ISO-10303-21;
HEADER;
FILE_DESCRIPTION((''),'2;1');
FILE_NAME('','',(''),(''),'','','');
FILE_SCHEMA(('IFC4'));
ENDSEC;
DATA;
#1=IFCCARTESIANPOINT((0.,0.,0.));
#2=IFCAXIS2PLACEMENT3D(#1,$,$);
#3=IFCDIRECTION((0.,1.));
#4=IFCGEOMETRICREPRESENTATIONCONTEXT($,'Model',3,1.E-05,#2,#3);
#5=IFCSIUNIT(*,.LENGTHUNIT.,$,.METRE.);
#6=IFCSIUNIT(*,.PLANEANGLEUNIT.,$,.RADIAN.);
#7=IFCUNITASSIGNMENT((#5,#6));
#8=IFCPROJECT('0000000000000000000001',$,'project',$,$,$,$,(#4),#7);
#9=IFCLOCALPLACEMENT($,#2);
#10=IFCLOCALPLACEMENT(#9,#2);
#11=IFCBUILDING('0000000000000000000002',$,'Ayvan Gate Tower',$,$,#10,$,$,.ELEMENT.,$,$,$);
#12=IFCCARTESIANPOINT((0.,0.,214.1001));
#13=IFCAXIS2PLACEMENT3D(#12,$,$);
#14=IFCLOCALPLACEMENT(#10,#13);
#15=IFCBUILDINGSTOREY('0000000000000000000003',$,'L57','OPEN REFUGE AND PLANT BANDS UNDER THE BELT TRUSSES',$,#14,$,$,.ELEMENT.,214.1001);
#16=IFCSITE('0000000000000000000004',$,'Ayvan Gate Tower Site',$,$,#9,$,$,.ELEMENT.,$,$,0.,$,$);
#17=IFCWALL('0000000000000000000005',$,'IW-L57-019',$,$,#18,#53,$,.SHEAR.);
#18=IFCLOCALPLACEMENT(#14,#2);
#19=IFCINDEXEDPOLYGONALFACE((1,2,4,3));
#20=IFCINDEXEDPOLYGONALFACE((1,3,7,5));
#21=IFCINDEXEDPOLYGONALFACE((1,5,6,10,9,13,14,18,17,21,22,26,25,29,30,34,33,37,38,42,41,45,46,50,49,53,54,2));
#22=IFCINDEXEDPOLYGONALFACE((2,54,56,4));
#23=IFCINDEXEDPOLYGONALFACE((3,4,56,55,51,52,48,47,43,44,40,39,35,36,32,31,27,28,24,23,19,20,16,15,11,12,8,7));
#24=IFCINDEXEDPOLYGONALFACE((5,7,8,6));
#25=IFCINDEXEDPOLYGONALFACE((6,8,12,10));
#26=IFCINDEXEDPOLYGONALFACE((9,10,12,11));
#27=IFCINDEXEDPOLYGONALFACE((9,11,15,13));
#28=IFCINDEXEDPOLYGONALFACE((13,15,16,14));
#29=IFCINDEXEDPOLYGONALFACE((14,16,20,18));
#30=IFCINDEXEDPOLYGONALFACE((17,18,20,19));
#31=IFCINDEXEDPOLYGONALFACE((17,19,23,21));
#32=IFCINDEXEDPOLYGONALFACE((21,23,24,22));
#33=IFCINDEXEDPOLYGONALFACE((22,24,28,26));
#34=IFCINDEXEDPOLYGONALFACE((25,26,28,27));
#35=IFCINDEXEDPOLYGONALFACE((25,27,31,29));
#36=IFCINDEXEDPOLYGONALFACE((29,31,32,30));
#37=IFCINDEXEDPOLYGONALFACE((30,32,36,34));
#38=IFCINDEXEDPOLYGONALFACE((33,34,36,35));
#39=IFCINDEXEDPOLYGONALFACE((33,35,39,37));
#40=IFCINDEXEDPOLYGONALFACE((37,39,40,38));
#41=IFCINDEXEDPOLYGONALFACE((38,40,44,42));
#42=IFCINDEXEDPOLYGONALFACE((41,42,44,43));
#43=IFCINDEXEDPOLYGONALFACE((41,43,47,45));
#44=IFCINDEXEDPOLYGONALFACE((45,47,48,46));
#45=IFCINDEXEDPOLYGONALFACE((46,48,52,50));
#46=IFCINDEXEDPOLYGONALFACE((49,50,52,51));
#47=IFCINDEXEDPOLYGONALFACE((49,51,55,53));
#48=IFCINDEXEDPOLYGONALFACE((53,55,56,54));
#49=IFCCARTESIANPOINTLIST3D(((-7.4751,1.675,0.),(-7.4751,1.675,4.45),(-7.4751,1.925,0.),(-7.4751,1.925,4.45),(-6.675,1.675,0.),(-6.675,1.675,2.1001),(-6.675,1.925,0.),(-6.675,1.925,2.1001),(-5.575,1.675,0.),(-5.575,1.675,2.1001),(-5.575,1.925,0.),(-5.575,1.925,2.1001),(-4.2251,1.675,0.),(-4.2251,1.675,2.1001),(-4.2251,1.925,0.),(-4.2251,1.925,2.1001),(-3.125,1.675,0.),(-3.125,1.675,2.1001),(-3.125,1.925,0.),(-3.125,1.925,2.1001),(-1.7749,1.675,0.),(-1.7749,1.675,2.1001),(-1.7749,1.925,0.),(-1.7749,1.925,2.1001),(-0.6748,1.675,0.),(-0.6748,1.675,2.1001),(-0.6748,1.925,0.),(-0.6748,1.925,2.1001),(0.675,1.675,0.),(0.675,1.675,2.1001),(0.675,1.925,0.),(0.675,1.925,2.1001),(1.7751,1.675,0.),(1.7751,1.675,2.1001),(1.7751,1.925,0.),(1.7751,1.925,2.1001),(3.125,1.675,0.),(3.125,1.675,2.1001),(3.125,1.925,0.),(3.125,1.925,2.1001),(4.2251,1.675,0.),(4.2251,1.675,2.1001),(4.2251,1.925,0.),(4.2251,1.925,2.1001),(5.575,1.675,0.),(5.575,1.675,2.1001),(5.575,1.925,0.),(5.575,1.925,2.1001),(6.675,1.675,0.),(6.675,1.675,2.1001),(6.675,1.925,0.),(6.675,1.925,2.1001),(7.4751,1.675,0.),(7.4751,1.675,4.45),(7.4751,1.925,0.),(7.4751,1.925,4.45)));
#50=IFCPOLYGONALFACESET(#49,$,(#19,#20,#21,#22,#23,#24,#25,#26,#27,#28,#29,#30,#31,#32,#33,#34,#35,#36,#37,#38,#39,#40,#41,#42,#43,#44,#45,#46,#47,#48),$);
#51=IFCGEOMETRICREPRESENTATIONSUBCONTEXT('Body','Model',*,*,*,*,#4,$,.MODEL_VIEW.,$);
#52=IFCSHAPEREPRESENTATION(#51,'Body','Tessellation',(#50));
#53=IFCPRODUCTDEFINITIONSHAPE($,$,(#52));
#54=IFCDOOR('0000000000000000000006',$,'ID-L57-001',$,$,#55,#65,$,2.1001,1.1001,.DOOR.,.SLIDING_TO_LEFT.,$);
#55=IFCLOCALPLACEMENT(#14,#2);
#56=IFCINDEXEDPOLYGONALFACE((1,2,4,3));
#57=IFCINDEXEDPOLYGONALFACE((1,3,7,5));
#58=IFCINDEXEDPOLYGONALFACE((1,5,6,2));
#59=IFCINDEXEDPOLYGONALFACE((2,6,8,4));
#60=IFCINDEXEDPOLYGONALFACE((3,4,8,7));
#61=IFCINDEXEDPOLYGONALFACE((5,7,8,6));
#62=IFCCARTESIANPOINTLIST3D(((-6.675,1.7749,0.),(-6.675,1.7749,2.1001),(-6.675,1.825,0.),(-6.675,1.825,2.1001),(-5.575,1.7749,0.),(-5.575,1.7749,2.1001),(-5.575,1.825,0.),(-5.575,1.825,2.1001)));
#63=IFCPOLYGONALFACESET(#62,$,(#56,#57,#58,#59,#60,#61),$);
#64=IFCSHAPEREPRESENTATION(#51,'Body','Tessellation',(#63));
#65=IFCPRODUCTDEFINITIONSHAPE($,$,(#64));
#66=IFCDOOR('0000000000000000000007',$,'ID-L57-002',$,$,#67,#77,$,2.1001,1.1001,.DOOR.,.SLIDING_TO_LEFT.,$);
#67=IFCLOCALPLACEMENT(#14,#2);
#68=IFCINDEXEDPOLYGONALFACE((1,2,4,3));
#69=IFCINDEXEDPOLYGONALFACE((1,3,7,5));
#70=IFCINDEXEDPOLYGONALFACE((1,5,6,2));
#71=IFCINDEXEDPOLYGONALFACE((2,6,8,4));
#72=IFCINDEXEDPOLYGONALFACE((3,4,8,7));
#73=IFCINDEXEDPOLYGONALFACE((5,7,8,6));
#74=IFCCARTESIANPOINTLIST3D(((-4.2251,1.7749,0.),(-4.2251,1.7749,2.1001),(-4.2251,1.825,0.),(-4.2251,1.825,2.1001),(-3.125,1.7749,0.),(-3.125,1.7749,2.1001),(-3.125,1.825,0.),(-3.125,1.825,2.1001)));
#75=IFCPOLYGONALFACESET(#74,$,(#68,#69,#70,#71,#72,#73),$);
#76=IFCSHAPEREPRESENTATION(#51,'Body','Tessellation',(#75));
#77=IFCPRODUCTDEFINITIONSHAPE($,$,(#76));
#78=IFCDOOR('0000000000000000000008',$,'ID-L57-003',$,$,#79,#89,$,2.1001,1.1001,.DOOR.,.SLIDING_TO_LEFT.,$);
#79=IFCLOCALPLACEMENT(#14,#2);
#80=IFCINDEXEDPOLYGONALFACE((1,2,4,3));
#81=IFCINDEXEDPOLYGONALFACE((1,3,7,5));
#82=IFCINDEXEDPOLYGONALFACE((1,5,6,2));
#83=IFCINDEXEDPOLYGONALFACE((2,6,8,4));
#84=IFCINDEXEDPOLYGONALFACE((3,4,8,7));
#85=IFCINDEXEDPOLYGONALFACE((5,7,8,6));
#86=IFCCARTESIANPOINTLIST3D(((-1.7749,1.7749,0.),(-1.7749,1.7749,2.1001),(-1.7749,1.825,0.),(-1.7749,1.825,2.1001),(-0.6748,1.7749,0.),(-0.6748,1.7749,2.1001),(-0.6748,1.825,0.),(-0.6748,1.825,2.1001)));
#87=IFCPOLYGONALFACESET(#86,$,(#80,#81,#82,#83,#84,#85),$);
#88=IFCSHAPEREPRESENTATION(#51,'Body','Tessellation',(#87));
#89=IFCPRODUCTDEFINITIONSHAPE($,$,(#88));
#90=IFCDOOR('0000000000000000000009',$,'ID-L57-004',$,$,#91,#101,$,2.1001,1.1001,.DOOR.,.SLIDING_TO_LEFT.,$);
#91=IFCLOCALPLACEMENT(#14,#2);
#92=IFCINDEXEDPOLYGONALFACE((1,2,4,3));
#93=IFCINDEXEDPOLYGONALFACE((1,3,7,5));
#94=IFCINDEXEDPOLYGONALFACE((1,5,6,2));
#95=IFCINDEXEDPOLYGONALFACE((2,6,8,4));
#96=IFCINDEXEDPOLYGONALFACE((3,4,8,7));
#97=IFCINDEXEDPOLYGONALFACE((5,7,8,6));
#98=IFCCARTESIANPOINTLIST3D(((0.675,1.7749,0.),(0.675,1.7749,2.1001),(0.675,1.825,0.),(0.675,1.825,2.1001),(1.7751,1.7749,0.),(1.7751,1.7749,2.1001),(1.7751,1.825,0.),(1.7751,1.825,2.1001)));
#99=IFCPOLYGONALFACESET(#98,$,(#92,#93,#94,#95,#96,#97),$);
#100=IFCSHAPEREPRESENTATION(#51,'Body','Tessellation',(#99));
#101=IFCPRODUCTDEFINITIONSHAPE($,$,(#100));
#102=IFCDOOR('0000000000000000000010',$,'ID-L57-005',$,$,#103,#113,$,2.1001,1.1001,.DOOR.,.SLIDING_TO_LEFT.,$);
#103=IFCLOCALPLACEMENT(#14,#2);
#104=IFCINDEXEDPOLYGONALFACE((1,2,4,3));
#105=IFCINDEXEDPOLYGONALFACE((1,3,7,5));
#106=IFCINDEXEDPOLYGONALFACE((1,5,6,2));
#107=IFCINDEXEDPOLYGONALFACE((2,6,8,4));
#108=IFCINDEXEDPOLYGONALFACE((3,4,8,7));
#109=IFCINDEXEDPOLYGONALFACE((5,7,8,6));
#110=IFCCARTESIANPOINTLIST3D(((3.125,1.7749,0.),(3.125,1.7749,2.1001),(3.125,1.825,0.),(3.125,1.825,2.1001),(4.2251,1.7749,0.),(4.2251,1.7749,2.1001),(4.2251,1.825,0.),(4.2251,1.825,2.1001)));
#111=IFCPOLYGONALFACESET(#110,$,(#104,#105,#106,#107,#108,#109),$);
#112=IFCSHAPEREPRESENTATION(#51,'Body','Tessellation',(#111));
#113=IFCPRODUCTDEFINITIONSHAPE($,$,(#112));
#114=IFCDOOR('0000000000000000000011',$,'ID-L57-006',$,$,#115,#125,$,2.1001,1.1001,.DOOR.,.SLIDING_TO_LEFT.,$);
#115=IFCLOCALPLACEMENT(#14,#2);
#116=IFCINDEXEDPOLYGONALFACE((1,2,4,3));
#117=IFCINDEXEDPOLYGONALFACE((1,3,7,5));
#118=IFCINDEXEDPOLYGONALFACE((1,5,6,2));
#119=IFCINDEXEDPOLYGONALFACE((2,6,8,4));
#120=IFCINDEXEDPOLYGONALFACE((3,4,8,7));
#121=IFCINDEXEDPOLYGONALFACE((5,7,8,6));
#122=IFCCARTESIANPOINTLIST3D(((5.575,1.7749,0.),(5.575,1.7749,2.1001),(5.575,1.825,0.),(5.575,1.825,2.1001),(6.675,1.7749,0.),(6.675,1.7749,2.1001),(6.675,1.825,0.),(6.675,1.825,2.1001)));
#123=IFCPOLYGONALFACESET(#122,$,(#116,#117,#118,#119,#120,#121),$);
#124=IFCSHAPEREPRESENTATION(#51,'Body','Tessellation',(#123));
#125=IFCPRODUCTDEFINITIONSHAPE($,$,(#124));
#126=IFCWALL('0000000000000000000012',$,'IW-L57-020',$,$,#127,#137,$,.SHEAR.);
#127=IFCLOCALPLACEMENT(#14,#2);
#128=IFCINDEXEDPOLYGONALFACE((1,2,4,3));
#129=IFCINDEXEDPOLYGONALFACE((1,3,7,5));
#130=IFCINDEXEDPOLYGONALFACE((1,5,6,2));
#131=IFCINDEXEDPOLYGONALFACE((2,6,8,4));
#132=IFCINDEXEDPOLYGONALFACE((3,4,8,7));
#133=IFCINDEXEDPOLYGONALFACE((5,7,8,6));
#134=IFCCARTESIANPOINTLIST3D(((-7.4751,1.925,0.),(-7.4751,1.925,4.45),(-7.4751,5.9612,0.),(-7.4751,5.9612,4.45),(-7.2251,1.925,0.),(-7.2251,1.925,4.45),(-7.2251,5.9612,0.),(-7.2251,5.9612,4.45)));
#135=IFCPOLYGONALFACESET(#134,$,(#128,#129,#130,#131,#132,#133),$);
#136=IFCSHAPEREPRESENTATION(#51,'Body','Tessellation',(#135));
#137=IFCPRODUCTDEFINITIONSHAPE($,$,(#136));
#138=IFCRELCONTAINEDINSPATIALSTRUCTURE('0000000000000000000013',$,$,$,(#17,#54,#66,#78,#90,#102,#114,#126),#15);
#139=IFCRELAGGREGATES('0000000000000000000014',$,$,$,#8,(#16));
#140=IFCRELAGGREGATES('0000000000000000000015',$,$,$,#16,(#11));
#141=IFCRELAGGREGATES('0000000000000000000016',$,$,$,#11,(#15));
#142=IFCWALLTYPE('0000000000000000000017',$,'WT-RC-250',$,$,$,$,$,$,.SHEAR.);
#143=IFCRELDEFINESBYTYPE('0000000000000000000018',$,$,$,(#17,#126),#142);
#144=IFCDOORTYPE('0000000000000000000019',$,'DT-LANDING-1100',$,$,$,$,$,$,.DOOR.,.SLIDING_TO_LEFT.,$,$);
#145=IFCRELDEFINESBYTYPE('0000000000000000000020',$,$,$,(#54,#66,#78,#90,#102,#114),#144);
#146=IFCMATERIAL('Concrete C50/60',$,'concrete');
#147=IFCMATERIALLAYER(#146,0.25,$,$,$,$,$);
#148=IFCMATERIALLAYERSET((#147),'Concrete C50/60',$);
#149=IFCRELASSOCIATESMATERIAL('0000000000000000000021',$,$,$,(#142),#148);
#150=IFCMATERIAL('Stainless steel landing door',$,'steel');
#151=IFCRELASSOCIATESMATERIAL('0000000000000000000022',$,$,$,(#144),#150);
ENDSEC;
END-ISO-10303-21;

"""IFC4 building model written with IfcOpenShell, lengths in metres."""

from ifc_helpers import new_model, si_unit, direction, frame, frame_2d, origin, place, context, subcontext, project, spatial, rectangle, extrude, material, layer, layer_set, type_object, element, fill, save


model = new_model("IFC4")

# Units and contexts
model_context = context("Model", 3, precision=1e-05, world=origin(), true_north=direction((0.0, 1.0)))
body_context = subcontext(model_context, "Body", "Model", "MODEL_VIEW")
ifc_project = project(units=[si_unit("LENGTHUNIT", "METRE"), si_unit("PLANEANGLEUNIT", "RADIAN")], contexts=[model_context])

# Site, building, storey
site_placement = place(None, origin())
site = spatial("IfcSite", under=ifc_project, at=site_placement, Name="Ayvan Gate Tower Site", CompositionType="ELEMENT", RefElevation=0.0)
building_placement = place(site_placement, origin())
building = spatial("IfcBuilding", under=site, at=building_placement, Name="Ayvan Gate Tower", CompositionType="ELEMENT")
storey_placement = place(building_placement, frame((0.0, 0.0, 214.1001)))
storey = spatial("IfcBuildingStorey", under=building, at=storey_placement, Name="L57", Description="OPEN REFUGE AND PLANT BANDS UNDER THE BELT TRUSSES", CompositionType="ELEMENT", Elevation=214.1001)

# Wall, openings, doors
ifc_material_1 = material(Name="Concrete C50/60", Category="concrete")
ifc_layer_1 = layer(ifc_material_1, 0.25)
ifc_layer_set_1 = layer_set([ifc_layer_1], Name="Concrete C50/60")
wall_type_1 = type_object("IfcWallType", Name="WT-RC-250", PredefinedType="SHEAR", material=ifc_layer_set_1)
wall_1_placement = place(storey_placement, frame((-7.4751, 1.8, 0.0), z_axis=(0.0, 0.0, 1.0), x_axis=(1.0, 0.0, 0.0)))
wall_1 = element("IfcWall", 1, at=wall_1_placement, inside=storey, type_object=wall_type_1, Name="IW-L57-019", PredefinedType="SHEAR", context=body_context, shape_type="SweptSolid", body=[
    extrude(rectangle(XDim=14.9502, YDim=0.25, at=frame_2d((7.4751, 0.0))), origin(), (0.0, 0.0, 1.0), 4.45),
])
opening_1_placement = place(wall_1_placement, frame((0.8, 0.0, 0.0)))
opening_1 = element("IfcOpeningElement", 2, at=opening_1_placement, cuts=wall_1, PredefinedType="OPENING", context=body_context, shape_type="SweptSolid", body=[
    extrude(rectangle(XDim=1.1001, YDim=2.1001, at=frame_2d((0.55, 1.05))), frame((0.0, 0.135, 0.0), z_axis=(0.0, -1.0, 0.0), x_axis=(1.0, 0.0, 0.0)), (0.0, 0.0, 1.0), 0.27),
])
opening_2_placement = place(wall_1_placement, frame((3.25, 0.0, 0.0)))
opening_2 = element("IfcOpeningElement", 3, at=opening_2_placement, cuts=wall_1, PredefinedType="OPENING", context=body_context, shape_type="SweptSolid", body=[
    extrude(rectangle(XDim=1.1001, YDim=2.1001, at=frame_2d((0.55, 1.05))), frame((0.0, 0.135, 0.0), z_axis=(0.0, -1.0, 0.0), x_axis=(1.0, 0.0, 0.0)), (0.0, 0.0, 1.0), 0.27),
])
opening_3_placement = place(wall_1_placement, frame((5.7002, 0.0, 0.0)))
opening_3 = element("IfcOpeningElement", 4, at=opening_3_placement, cuts=wall_1, PredefinedType="OPENING", context=body_context, shape_type="SweptSolid", body=[
    extrude(rectangle(XDim=1.1001, YDim=2.1001, at=frame_2d((0.55, 1.05))), frame((0.0, 0.135, 0.0), z_axis=(0.0, -1.0, 0.0), x_axis=(1.0, 0.0, 0.0)), (0.0, 0.0, 1.0), 0.27),
])
opening_4_placement = place(wall_1_placement, frame((8.1501, 0.0, 0.0)))
opening_4 = element("IfcOpeningElement", 5, at=opening_4_placement, cuts=wall_1, PredefinedType="OPENING", context=body_context, shape_type="SweptSolid", body=[
    extrude(rectangle(XDim=1.1001, YDim=2.1001, at=frame_2d((0.55, 1.05))), frame((0.0, 0.135, 0.0), z_axis=(0.0, -1.0, 0.0), x_axis=(1.0, 0.0, 0.0)), (0.0, 0.0, 1.0), 0.27),
])
opening_5_placement = place(wall_1_placement, frame((10.6001, 0.0, 0.0)))
opening_5 = element("IfcOpeningElement", 6, at=opening_5_placement, cuts=wall_1, PredefinedType="OPENING", context=body_context, shape_type="SweptSolid", body=[
    extrude(rectangle(XDim=1.1001, YDim=2.1001, at=frame_2d((0.55, 1.05))), frame((0.0, 0.135, 0.0), z_axis=(0.0, -1.0, 0.0), x_axis=(1.0, 0.0, 0.0)), (0.0, 0.0, 1.0), 0.27),
])
opening_6_placement = place(wall_1_placement, frame((13.05, 0.0, 0.0)))
opening_6 = element("IfcOpeningElement", 7, at=opening_6_placement, cuts=wall_1, PredefinedType="OPENING", context=body_context, shape_type="SweptSolid", body=[
    extrude(rectangle(XDim=1.1001, YDim=2.1001, at=frame_2d((0.55, 1.05))), frame((0.0, 0.135, 0.0), z_axis=(0.0, -1.0, 0.0), x_axis=(1.0, 0.0, 0.0)), (0.0, 0.0, 1.0), 0.27),
])
ifc_material_2 = material(Name="Stainless steel landing door", Category="steel")
door_type_1 = type_object("IfcDoorType", Name="DT-LANDING-1100", OperationType="SLIDING_TO_LEFT", PredefinedType="DOOR", material=ifc_material_2)
door_1_placement = place(opening_1_placement, origin())
door_1 = element("IfcDoor", 8, at=door_1_placement, inside=storey, type_object=door_type_1, Name="ID-L57-001", OperationType="SLIDING_TO_LEFT", OverallHeight=2.1001, OverallWidth=1.1001, PredefinedType="DOOR", context=body_context, shape_type="SweptSolid", body=[
    extrude(rectangle(XDim=1.1001, YDim=2.1001, at=frame_2d((0.55, 1.05))), frame((0.0, 0.0249, 0.0), z_axis=(0.0, -1.0, 0.0), x_axis=(1.0, 0.0, 0.0)), (0.0, 0.0, 1.0), 0.05),
])
fill(opening_1, door_1)
door_2_placement = place(opening_2_placement, origin())
door_2 = element("IfcDoor", 9, at=door_2_placement, inside=storey, type_object=door_type_1, Name="ID-L57-002", OperationType="SLIDING_TO_LEFT", OverallHeight=2.1001, OverallWidth=1.1001, PredefinedType="DOOR", context=body_context, shape_type="SweptSolid", body=[
    extrude(rectangle(XDim=1.1001, YDim=2.1001, at=frame_2d((0.55, 1.05))), frame((0.0, 0.0249, 0.0), z_axis=(0.0, -1.0, 0.0), x_axis=(1.0, 0.0, 0.0)), (0.0, 0.0, 1.0), 0.05),
])
fill(opening_2, door_2)
door_3_placement = place(opening_3_placement, origin())
door_3 = element("IfcDoor", 10, at=door_3_placement, inside=storey, type_object=door_type_1, Name="ID-L57-003", OperationType="SLIDING_TO_LEFT", OverallHeight=2.1001, OverallWidth=1.1001, PredefinedType="DOOR", context=body_context, shape_type="SweptSolid", body=[
    extrude(rectangle(XDim=1.1001, YDim=2.1001, at=frame_2d((0.55, 1.05))), frame((0.0, 0.0249, 0.0), z_axis=(0.0, -1.0, 0.0), x_axis=(1.0, 0.0, 0.0)), (0.0, 0.0, 1.0), 0.05),
])
fill(opening_3, door_3)
door_4_placement = place(opening_4_placement, origin())
door_4 = element("IfcDoor", 11, at=door_4_placement, inside=storey, type_object=door_type_1, Name="ID-L57-004", OperationType="SLIDING_TO_LEFT", OverallHeight=2.1001, OverallWidth=1.1001, PredefinedType="DOOR", context=body_context, shape_type="SweptSolid", body=[
    extrude(rectangle(XDim=1.1001, YDim=2.1001, at=frame_2d((0.55, 1.05))), frame((0.0, 0.0249, 0.0), z_axis=(0.0, -1.0, 0.0), x_axis=(1.0, 0.0, 0.0)), (0.0, 0.0, 1.0), 0.05),
])
fill(opening_4, door_4)
door_5_placement = place(opening_5_placement, origin())
door_5 = element("IfcDoor", 12, at=door_5_placement, inside=storey, type_object=door_type_1, Name="ID-L57-005", OperationType="SLIDING_TO_LEFT", OverallHeight=2.1001, OverallWidth=1.1001, PredefinedType="DOOR", context=body_context, shape_type="SweptSolid", body=[
    extrude(rectangle(XDim=1.1001, YDim=2.1001, at=frame_2d((0.55, 1.05))), frame((0.0, 0.0249, 0.0), z_axis=(0.0, -1.0, 0.0), x_axis=(1.0, 0.0, 0.0)), (0.0, 0.0, 1.0), 0.05),
])
fill(opening_5, door_5)
door_6_placement = place(opening_6_placement, origin())
door_6 = element("IfcDoor", 13, at=door_6_placement, inside=storey, type_object=door_type_1, Name="ID-L57-006", OperationType="SLIDING_TO_LEFT", OverallHeight=2.1001, OverallWidth=1.1001, PredefinedType="DOOR", context=body_context, shape_type="SweptSolid", body=[
    extrude(rectangle(XDim=1.1001, YDim=2.1001, at=frame_2d((0.55, 1.05))), frame((0.0, 0.0249, 0.0), z_axis=(0.0, -1.0, 0.0), x_axis=(1.0, 0.0, 0.0)), (0.0, 0.0, 1.0), 0.05),
])
fill(opening_6, door_6)

# Wall
wall_2_placement = place(storey_placement, frame((-7.3501, 1.925, 0.0), z_axis=(0.0, 0.0, 1.0), x_axis=(0.0, 1.0, 0.0)))
element("IfcWall", 14, at=wall_2_placement, inside=storey, type_object=wall_type_1, Name="IW-L57-020", PredefinedType="SHEAR", context=body_context, shape_type="SweptSolid", body=[
    extrude(rectangle(XDim=4.0361, YDim=0.25, at=frame_2d((2.0181, 0.0))), origin(), (0.0, 0.0, 1.0), 4.45),
])

save(model, "model.ifc")
